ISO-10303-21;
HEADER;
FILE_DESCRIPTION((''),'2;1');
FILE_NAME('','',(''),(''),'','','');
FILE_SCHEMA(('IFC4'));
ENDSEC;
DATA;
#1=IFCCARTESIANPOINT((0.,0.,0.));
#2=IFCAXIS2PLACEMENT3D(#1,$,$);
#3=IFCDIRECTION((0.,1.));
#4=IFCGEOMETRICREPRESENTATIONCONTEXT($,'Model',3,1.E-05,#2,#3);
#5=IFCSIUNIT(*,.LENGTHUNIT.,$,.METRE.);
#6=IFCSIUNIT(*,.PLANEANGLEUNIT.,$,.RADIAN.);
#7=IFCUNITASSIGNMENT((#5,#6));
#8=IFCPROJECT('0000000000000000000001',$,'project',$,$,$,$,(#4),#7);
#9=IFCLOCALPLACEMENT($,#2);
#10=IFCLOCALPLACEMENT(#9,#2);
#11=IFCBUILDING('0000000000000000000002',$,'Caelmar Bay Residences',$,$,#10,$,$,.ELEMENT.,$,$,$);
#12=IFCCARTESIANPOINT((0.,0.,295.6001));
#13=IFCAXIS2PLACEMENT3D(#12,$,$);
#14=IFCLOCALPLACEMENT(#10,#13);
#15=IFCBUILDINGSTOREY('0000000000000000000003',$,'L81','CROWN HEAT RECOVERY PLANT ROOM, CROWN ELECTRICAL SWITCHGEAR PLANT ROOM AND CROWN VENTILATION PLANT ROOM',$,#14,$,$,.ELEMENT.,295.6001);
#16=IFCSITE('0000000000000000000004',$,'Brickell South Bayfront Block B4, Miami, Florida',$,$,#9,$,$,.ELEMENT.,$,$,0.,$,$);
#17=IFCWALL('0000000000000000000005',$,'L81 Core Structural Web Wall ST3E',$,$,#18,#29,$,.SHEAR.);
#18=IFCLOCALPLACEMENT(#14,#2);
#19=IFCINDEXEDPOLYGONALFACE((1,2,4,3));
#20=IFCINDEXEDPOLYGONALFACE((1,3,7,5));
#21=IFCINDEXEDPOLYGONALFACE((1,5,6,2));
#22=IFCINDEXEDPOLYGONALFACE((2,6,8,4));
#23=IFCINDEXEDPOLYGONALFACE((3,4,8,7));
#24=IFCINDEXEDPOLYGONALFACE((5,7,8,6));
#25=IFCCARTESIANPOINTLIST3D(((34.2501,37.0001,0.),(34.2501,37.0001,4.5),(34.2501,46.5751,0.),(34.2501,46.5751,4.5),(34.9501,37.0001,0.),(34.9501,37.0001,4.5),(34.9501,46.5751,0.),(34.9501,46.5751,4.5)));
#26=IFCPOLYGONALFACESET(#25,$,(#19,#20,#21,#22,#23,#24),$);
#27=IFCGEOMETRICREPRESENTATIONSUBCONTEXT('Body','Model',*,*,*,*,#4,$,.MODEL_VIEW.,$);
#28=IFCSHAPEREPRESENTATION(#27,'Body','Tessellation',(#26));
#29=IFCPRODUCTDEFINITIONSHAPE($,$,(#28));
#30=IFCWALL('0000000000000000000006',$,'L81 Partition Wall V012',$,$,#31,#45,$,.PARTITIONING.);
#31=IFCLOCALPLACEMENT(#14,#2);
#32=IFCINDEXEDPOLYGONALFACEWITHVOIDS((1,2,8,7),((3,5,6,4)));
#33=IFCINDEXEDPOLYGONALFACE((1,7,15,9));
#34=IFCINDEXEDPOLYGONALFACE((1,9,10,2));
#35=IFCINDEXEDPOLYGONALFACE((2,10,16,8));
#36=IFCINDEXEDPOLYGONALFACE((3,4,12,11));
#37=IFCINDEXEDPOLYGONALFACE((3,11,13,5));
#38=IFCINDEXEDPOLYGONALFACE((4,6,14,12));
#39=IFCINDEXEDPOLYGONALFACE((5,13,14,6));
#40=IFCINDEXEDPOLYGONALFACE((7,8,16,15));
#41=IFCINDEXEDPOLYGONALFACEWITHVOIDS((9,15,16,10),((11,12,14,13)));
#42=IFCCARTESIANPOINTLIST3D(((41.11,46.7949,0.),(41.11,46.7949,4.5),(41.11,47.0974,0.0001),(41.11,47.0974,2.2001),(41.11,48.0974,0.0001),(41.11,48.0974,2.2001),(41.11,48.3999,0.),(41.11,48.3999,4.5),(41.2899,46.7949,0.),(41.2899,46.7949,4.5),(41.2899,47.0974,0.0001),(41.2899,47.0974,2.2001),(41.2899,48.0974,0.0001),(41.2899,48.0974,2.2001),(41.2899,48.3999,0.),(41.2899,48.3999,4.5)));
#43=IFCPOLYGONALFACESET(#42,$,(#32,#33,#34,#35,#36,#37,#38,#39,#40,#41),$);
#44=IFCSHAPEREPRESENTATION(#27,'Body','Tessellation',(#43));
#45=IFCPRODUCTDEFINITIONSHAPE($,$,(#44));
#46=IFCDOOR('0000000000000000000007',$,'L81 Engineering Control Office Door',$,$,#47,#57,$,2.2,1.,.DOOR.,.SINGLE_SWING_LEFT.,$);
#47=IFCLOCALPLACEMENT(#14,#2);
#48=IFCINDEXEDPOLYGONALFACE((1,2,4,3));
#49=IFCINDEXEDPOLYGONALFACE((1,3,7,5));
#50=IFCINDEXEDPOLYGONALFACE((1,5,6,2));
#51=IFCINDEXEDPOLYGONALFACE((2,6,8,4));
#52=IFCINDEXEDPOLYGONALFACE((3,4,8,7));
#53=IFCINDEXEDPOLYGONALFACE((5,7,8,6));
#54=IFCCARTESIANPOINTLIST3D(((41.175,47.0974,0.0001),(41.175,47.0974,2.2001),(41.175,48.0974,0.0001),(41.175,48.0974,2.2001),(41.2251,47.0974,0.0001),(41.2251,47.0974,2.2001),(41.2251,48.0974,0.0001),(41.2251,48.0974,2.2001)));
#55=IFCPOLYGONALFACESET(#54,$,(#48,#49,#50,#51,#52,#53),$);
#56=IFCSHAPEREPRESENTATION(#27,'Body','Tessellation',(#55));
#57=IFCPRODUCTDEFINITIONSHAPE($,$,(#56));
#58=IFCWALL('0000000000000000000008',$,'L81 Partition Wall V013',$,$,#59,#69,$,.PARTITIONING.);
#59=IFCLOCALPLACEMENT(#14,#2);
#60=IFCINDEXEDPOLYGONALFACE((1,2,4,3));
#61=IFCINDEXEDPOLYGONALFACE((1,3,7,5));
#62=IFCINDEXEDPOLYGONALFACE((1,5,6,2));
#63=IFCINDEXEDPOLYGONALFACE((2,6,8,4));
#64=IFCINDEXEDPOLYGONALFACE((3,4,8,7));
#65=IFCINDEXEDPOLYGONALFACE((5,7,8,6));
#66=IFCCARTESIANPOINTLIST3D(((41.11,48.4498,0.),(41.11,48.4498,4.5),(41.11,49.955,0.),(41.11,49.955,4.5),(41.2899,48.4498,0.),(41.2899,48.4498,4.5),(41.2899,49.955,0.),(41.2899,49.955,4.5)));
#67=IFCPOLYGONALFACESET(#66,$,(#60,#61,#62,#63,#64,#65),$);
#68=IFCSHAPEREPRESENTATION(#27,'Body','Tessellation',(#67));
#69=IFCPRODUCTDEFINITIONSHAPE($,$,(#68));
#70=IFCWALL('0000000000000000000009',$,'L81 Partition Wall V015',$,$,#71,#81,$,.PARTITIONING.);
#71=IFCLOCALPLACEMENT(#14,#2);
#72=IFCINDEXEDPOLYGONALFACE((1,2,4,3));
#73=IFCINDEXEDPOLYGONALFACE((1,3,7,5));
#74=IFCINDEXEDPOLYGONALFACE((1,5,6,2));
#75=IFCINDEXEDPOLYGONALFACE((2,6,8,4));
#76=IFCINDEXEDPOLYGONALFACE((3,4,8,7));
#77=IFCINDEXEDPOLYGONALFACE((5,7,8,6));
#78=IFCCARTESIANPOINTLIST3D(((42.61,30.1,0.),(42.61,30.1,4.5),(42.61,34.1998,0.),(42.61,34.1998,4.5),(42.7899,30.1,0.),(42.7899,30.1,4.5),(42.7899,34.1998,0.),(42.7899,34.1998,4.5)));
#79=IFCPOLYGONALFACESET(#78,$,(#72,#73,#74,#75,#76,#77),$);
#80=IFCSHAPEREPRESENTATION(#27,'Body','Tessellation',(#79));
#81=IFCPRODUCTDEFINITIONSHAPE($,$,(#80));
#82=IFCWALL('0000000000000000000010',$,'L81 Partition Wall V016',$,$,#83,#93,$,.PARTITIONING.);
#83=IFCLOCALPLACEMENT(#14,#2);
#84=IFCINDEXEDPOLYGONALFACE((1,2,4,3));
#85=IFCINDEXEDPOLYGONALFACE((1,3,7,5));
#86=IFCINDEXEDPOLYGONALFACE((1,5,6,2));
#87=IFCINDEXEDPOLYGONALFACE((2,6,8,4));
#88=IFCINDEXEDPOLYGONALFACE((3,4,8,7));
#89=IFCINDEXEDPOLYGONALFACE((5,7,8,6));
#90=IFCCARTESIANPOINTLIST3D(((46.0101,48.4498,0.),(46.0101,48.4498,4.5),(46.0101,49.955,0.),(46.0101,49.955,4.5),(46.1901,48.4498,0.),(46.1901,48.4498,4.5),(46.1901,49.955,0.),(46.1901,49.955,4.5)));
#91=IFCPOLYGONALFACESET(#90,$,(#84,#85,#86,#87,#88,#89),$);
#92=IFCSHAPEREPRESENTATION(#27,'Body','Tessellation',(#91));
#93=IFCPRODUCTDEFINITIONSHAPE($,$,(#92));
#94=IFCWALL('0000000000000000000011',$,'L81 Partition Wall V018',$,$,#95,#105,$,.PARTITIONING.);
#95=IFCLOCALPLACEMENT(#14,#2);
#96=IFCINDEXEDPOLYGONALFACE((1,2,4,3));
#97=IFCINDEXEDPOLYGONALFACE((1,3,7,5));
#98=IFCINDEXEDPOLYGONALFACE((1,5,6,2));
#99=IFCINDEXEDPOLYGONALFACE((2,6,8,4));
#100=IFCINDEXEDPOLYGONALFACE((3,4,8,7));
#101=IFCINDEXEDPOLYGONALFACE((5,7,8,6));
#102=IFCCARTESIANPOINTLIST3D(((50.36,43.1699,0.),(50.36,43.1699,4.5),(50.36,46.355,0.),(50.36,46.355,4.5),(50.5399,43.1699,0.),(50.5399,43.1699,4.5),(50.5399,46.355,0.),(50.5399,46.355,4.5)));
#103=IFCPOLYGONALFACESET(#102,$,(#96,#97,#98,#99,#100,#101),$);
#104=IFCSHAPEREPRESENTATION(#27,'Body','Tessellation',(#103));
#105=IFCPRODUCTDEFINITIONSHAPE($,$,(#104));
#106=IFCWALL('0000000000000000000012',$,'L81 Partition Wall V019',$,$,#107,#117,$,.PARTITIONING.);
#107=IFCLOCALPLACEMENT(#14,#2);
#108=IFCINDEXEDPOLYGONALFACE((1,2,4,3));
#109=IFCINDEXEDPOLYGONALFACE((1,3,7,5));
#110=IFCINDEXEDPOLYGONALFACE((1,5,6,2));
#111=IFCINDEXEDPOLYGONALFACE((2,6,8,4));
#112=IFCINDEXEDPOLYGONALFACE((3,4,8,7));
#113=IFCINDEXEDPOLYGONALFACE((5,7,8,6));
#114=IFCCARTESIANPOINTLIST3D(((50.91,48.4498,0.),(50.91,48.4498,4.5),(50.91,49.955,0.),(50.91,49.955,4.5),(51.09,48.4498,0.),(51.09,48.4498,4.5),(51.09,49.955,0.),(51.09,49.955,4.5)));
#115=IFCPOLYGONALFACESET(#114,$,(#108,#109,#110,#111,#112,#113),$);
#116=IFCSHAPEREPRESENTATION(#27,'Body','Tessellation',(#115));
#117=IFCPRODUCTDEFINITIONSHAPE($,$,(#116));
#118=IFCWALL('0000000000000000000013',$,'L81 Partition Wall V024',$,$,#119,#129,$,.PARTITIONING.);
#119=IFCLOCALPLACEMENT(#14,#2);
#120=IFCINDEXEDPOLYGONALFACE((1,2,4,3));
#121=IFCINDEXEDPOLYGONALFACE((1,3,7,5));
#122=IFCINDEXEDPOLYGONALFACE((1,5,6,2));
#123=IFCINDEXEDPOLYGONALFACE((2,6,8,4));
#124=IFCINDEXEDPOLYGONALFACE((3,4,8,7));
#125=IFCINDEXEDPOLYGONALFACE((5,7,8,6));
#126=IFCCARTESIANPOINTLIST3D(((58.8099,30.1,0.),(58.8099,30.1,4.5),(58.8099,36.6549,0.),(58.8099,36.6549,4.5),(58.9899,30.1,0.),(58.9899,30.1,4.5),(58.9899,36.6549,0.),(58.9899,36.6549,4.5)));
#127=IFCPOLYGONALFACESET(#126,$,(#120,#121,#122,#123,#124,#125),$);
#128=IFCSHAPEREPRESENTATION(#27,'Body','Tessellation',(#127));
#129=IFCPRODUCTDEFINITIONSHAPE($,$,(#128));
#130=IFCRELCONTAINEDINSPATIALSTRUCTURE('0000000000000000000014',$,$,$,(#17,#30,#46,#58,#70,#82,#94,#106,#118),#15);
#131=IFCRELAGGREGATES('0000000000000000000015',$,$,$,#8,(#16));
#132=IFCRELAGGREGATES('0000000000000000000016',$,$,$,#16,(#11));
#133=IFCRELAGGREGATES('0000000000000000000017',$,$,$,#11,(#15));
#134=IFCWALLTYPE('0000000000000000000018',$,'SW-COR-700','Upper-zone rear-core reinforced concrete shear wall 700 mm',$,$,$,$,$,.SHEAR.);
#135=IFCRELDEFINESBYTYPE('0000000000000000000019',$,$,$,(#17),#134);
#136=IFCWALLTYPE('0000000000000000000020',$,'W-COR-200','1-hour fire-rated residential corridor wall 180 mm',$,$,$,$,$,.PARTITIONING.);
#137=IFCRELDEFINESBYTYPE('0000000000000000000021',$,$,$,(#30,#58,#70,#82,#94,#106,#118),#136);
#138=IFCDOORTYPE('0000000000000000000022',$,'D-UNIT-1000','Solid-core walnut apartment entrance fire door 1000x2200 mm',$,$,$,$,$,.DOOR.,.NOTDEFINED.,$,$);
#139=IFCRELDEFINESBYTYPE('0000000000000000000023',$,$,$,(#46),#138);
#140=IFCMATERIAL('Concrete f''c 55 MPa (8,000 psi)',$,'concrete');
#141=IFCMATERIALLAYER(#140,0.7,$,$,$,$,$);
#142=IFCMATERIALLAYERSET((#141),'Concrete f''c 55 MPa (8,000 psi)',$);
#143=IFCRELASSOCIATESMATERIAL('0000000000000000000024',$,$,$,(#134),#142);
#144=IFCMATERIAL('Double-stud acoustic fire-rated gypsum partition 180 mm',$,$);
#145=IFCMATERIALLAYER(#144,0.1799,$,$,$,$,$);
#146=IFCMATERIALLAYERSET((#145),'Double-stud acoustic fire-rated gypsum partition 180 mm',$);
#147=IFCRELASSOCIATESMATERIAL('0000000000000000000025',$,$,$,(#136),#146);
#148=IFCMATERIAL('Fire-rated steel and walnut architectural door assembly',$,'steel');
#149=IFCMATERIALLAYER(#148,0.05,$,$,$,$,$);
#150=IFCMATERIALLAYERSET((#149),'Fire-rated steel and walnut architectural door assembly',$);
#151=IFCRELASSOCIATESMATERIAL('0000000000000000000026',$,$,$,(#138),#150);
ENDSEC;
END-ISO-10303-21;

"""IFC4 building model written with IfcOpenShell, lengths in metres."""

from ifc_helpers import new_model, si_unit, direction, frame, frame_2d, origin, place, context, subcontext, project, spatial, rectangle, extrude, material, layer, layer_set, type_object, element, fill, save


model = new_model("IFC4")

# Units and contexts
model_context = context("Model", 3, precision=1e-05, world=origin(), true_north=direction((0.0, 1.0)))
body_context = subcontext(model_context, "Body", "Model", "MODEL_VIEW")
ifc_project = project(units=[si_unit("LENGTHUNIT", "METRE"), si_unit("PLANEANGLEUNIT", "RADIAN")], contexts=[model_context])

# Site, building, storey
site_placement = place(None, origin())
site = spatial("IfcSite", under=ifc_project, at=site_placement, Name="Brickell South Bayfront Block B4, Miami, Florida", CompositionType="ELEMENT", RefElevation=0.0)
building_placement = place(site_placement, origin())
building = spatial("IfcBuilding", under=site, at=building_placement, Name="Caelmar Bay Residences", CompositionType="ELEMENT")
storey_placement = place(building_placement, frame((0.0, 0.0, 295.6001)))
storey = spatial("IfcBuildingStorey", under=building, at=storey_placement, Name="L81", Description="CROWN HEAT RECOVERY PLANT ROOM, CROWN ELECTRICAL SWITCHGEAR PLANT ROOM AND CROWN VENTILATION PLANT ROOM", CompositionType="ELEMENT", Elevation=295.6001)

# Shared definitions
ifc_material_1 = material(Name="Concrete f'c 55 MPa (8,000 psi)", Category="concrete")
ifc_layer_1 = layer(ifc_material_1, 0.7)
ifc_layer_set_1 = layer_set([ifc_layer_1], Name="Concrete f'c 55 MPa (8,000 psi)")
wall_type_1 = type_object("IfcWallType", Name="SW-COR-700", Description="Upper-zone rear-core reinforced concrete shear wall 700 mm", PredefinedType="SHEAR", material=ifc_layer_set_1)
ifc_material_2 = material(Name="Fire-rated steel and walnut architectural door assembly", Category="steel")

# Wall
wall_1_placement = place(storey_placement, frame((34.6001, 37.0, 0.0), z_axis=(0.0, 0.0, 1.0), x_axis=(0.0, 1.0, 0.0)))
element("IfcWall", 1, at=wall_1_placement, inside=storey, type_object=wall_type_1, Name="L81 Core Structural Web Wall ST3E", PredefinedType="SHEAR", context=body_context, shape_type="SweptSolid", body=[
    extrude(rectangle(XDim=9.575, YDim=0.7, at=frame_2d((4.7876, 0.0))), origin(), (0.0, 0.0, 1.0), 4.5),
])

# Wall, opening, door
ifc_material_3 = material(Name="Double-stud acoustic fire-rated gypsum partition 180 mm")
ifc_layer_2 = layer(ifc_material_3, 0.1799)
ifc_layer_set_2 = layer_set([ifc_layer_2], Name="Double-stud acoustic fire-rated gypsum partition 180 mm")
wall_type_2 = type_object("IfcWallType", Name="W-COR-200", Description="1-hour fire-rated residential corridor wall 180 mm", PredefinedType="PARTITIONING", material=ifc_layer_set_2)
wall_2_placement = place(storey_placement, frame((41.2, 46.7949, 0.0), z_axis=(0.0, 0.0, 1.0), x_axis=(0.0, 1.0, 0.0)))
wall_2 = element("IfcWall", 2, at=wall_2_placement, inside=storey, type_object=wall_type_2, Name="L81 Partition Wall V012", PredefinedType="PARTITIONING", context=body_context, shape_type="SweptSolid", body=[
    extrude(rectangle(XDim=1.605, YDim=0.1799, at=frame_2d((0.8025, 0.0))), origin(), (0.0, 0.0, 1.0), 4.5),
])
opening_1_placement = place(wall_2_placement, frame((0.3025, 0.0, 0.0)))
opening_1 = element("IfcOpeningElement", 3, at=opening_1_placement, cuts=wall_2, PredefinedType="OPENING", context=body_context, shape_type="SweptSolid", body=[
    extrude(rectangle(XDim=1.0, YDim=2.2, at=frame_2d((0.5, 1.1001))), frame((0.0, 0.0999, 0.0), z_axis=(0.0, -1.0, 0.0), x_axis=(1.0, 0.0, 0.0)), (0.0, 0.0, 1.0), 0.2),
])
ifc_layer_3 = layer(ifc_material_2, 0.05)
ifc_layer_set_3 = layer_set([ifc_layer_3], Name="Fire-rated steel and walnut architectural door assembly")
door_type_1 = type_object("IfcDoorType", Name="D-UNIT-1000", Description="Solid-core walnut apartment entrance fire door 1000x2200 mm", OperationType="NOTDEFINED", PredefinedType="DOOR", material=ifc_layer_set_3)
door_1_placement = place(opening_1_placement, origin())
door_1 = element("IfcDoor", 4, at=door_1_placement, inside=storey, type_object=door_type_1, Name="L81 Engineering Control Office Door", OperationType="SINGLE_SWING_LEFT", OverallHeight=2.2, OverallWidth=1.0, PredefinedType="DOOR", context=body_context, shape_type="SweptSolid", body=[
    extrude(rectangle(XDim=1.0, YDim=2.2, at=frame_2d((0.5, 1.1001))), frame((0.0, 0.0249, 0.0), z_axis=(0.0, -1.0, 0.0), x_axis=(1.0, 0.0, 0.0)), (0.0, 0.0, 1.0), 0.05),
])
fill(opening_1, door_1)

# Walls
wall_3_placement = place(storey_placement, frame((41.2, 48.45, 0.0), z_axis=(0.0, 0.0, 1.0), x_axis=(0.0, 1.0, 0.0)))
element("IfcWall", 5, at=wall_3_placement, inside=storey, type_object=wall_type_2, Name="L81 Partition Wall V013", PredefinedType="PARTITIONING", context=body_context, shape_type="SweptSolid", body=[
    extrude(rectangle(XDim=1.5051, YDim=0.1799, at=frame_2d((0.7524, 0.0))), origin(), (0.0, 0.0, 1.0), 4.5),
])
wall_4_placement = place(storey_placement, frame((42.7, 30.1001, 0.0), z_axis=(0.0, 0.0, 1.0), x_axis=(0.0, 1.0, 0.0)))
element("IfcWall", 6, at=wall_4_placement, inside=storey, type_object=wall_type_2, Name="L81 Partition Wall V015", PredefinedType="PARTITIONING", context=body_context, shape_type="SweptSolid", body=[
    extrude(rectangle(XDim=4.0999, YDim=0.1799, at=frame_2d((2.0498, 0.0))), origin(), (0.0, 0.0, 1.0), 4.5),
])
wall_5_placement = place(storey_placement, frame((46.1001, 48.45, 0.0), z_axis=(0.0, 0.0, 1.0), x_axis=(0.0, 1.0, 0.0)))
element("IfcWall", 7, at=wall_5_placement, inside=storey, type_object=wall_type_2, Name="L81 Partition Wall V016", PredefinedType="PARTITIONING", context=body_context, shape_type="SweptSolid", body=[
    extrude(rectangle(XDim=1.5051, YDim=0.1799, at=frame_2d((0.7524, 0.0))), origin(), (0.0, 0.0, 1.0), 4.5),
])
wall_6_placement = place(storey_placement, frame((50.45, 43.1699, 0.0), z_axis=(0.0, 0.0, 1.0), x_axis=(0.0, 1.0, 0.0)))
element("IfcWall", 8, at=wall_6_placement, inside=storey, type_object=wall_type_2, Name="L81 Partition Wall V018", PredefinedType="PARTITIONING", context=body_context, shape_type="SweptSolid", body=[
    extrude(rectangle(XDim=3.1851, YDim=0.1799, at=frame_2d((1.5925, 0.0))), origin(), (0.0, 0.0, 1.0), 4.5),
])
wall_7_placement = place(storey_placement, frame((51.0, 48.45, 0.0), z_axis=(0.0, 0.0, 1.0), x_axis=(0.0, 1.0, 0.0)))
element("IfcWall", 9, at=wall_7_placement, inside=storey, type_object=wall_type_2, Name="L81 Partition Wall V019", PredefinedType="PARTITIONING", context=body_context, shape_type="SweptSolid", body=[
    extrude(rectangle(XDim=1.5051, YDim=0.1799, at=frame_2d((0.7524, 0.0))), origin(), (0.0, 0.0, 1.0), 4.5),
])
wall_8_placement = place(storey_placement, frame((58.8999, 30.1001, 0.0), z_axis=(0.0, 0.0, 1.0), x_axis=(0.0, 1.0, 0.0)))
element("IfcWall", 10, at=wall_8_placement, inside=storey, type_object=wall_type_2, Name="L81 Partition Wall V024", PredefinedType="PARTITIONING", context=body_context, shape_type="SweptSolid", body=[
    extrude(rectangle(XDim=6.5549, YDim=0.1799, at=frame_2d((3.2773, 0.0))), origin(), (0.0, 0.0, 1.0), 4.5),
])

save(model, "model.ifc")
